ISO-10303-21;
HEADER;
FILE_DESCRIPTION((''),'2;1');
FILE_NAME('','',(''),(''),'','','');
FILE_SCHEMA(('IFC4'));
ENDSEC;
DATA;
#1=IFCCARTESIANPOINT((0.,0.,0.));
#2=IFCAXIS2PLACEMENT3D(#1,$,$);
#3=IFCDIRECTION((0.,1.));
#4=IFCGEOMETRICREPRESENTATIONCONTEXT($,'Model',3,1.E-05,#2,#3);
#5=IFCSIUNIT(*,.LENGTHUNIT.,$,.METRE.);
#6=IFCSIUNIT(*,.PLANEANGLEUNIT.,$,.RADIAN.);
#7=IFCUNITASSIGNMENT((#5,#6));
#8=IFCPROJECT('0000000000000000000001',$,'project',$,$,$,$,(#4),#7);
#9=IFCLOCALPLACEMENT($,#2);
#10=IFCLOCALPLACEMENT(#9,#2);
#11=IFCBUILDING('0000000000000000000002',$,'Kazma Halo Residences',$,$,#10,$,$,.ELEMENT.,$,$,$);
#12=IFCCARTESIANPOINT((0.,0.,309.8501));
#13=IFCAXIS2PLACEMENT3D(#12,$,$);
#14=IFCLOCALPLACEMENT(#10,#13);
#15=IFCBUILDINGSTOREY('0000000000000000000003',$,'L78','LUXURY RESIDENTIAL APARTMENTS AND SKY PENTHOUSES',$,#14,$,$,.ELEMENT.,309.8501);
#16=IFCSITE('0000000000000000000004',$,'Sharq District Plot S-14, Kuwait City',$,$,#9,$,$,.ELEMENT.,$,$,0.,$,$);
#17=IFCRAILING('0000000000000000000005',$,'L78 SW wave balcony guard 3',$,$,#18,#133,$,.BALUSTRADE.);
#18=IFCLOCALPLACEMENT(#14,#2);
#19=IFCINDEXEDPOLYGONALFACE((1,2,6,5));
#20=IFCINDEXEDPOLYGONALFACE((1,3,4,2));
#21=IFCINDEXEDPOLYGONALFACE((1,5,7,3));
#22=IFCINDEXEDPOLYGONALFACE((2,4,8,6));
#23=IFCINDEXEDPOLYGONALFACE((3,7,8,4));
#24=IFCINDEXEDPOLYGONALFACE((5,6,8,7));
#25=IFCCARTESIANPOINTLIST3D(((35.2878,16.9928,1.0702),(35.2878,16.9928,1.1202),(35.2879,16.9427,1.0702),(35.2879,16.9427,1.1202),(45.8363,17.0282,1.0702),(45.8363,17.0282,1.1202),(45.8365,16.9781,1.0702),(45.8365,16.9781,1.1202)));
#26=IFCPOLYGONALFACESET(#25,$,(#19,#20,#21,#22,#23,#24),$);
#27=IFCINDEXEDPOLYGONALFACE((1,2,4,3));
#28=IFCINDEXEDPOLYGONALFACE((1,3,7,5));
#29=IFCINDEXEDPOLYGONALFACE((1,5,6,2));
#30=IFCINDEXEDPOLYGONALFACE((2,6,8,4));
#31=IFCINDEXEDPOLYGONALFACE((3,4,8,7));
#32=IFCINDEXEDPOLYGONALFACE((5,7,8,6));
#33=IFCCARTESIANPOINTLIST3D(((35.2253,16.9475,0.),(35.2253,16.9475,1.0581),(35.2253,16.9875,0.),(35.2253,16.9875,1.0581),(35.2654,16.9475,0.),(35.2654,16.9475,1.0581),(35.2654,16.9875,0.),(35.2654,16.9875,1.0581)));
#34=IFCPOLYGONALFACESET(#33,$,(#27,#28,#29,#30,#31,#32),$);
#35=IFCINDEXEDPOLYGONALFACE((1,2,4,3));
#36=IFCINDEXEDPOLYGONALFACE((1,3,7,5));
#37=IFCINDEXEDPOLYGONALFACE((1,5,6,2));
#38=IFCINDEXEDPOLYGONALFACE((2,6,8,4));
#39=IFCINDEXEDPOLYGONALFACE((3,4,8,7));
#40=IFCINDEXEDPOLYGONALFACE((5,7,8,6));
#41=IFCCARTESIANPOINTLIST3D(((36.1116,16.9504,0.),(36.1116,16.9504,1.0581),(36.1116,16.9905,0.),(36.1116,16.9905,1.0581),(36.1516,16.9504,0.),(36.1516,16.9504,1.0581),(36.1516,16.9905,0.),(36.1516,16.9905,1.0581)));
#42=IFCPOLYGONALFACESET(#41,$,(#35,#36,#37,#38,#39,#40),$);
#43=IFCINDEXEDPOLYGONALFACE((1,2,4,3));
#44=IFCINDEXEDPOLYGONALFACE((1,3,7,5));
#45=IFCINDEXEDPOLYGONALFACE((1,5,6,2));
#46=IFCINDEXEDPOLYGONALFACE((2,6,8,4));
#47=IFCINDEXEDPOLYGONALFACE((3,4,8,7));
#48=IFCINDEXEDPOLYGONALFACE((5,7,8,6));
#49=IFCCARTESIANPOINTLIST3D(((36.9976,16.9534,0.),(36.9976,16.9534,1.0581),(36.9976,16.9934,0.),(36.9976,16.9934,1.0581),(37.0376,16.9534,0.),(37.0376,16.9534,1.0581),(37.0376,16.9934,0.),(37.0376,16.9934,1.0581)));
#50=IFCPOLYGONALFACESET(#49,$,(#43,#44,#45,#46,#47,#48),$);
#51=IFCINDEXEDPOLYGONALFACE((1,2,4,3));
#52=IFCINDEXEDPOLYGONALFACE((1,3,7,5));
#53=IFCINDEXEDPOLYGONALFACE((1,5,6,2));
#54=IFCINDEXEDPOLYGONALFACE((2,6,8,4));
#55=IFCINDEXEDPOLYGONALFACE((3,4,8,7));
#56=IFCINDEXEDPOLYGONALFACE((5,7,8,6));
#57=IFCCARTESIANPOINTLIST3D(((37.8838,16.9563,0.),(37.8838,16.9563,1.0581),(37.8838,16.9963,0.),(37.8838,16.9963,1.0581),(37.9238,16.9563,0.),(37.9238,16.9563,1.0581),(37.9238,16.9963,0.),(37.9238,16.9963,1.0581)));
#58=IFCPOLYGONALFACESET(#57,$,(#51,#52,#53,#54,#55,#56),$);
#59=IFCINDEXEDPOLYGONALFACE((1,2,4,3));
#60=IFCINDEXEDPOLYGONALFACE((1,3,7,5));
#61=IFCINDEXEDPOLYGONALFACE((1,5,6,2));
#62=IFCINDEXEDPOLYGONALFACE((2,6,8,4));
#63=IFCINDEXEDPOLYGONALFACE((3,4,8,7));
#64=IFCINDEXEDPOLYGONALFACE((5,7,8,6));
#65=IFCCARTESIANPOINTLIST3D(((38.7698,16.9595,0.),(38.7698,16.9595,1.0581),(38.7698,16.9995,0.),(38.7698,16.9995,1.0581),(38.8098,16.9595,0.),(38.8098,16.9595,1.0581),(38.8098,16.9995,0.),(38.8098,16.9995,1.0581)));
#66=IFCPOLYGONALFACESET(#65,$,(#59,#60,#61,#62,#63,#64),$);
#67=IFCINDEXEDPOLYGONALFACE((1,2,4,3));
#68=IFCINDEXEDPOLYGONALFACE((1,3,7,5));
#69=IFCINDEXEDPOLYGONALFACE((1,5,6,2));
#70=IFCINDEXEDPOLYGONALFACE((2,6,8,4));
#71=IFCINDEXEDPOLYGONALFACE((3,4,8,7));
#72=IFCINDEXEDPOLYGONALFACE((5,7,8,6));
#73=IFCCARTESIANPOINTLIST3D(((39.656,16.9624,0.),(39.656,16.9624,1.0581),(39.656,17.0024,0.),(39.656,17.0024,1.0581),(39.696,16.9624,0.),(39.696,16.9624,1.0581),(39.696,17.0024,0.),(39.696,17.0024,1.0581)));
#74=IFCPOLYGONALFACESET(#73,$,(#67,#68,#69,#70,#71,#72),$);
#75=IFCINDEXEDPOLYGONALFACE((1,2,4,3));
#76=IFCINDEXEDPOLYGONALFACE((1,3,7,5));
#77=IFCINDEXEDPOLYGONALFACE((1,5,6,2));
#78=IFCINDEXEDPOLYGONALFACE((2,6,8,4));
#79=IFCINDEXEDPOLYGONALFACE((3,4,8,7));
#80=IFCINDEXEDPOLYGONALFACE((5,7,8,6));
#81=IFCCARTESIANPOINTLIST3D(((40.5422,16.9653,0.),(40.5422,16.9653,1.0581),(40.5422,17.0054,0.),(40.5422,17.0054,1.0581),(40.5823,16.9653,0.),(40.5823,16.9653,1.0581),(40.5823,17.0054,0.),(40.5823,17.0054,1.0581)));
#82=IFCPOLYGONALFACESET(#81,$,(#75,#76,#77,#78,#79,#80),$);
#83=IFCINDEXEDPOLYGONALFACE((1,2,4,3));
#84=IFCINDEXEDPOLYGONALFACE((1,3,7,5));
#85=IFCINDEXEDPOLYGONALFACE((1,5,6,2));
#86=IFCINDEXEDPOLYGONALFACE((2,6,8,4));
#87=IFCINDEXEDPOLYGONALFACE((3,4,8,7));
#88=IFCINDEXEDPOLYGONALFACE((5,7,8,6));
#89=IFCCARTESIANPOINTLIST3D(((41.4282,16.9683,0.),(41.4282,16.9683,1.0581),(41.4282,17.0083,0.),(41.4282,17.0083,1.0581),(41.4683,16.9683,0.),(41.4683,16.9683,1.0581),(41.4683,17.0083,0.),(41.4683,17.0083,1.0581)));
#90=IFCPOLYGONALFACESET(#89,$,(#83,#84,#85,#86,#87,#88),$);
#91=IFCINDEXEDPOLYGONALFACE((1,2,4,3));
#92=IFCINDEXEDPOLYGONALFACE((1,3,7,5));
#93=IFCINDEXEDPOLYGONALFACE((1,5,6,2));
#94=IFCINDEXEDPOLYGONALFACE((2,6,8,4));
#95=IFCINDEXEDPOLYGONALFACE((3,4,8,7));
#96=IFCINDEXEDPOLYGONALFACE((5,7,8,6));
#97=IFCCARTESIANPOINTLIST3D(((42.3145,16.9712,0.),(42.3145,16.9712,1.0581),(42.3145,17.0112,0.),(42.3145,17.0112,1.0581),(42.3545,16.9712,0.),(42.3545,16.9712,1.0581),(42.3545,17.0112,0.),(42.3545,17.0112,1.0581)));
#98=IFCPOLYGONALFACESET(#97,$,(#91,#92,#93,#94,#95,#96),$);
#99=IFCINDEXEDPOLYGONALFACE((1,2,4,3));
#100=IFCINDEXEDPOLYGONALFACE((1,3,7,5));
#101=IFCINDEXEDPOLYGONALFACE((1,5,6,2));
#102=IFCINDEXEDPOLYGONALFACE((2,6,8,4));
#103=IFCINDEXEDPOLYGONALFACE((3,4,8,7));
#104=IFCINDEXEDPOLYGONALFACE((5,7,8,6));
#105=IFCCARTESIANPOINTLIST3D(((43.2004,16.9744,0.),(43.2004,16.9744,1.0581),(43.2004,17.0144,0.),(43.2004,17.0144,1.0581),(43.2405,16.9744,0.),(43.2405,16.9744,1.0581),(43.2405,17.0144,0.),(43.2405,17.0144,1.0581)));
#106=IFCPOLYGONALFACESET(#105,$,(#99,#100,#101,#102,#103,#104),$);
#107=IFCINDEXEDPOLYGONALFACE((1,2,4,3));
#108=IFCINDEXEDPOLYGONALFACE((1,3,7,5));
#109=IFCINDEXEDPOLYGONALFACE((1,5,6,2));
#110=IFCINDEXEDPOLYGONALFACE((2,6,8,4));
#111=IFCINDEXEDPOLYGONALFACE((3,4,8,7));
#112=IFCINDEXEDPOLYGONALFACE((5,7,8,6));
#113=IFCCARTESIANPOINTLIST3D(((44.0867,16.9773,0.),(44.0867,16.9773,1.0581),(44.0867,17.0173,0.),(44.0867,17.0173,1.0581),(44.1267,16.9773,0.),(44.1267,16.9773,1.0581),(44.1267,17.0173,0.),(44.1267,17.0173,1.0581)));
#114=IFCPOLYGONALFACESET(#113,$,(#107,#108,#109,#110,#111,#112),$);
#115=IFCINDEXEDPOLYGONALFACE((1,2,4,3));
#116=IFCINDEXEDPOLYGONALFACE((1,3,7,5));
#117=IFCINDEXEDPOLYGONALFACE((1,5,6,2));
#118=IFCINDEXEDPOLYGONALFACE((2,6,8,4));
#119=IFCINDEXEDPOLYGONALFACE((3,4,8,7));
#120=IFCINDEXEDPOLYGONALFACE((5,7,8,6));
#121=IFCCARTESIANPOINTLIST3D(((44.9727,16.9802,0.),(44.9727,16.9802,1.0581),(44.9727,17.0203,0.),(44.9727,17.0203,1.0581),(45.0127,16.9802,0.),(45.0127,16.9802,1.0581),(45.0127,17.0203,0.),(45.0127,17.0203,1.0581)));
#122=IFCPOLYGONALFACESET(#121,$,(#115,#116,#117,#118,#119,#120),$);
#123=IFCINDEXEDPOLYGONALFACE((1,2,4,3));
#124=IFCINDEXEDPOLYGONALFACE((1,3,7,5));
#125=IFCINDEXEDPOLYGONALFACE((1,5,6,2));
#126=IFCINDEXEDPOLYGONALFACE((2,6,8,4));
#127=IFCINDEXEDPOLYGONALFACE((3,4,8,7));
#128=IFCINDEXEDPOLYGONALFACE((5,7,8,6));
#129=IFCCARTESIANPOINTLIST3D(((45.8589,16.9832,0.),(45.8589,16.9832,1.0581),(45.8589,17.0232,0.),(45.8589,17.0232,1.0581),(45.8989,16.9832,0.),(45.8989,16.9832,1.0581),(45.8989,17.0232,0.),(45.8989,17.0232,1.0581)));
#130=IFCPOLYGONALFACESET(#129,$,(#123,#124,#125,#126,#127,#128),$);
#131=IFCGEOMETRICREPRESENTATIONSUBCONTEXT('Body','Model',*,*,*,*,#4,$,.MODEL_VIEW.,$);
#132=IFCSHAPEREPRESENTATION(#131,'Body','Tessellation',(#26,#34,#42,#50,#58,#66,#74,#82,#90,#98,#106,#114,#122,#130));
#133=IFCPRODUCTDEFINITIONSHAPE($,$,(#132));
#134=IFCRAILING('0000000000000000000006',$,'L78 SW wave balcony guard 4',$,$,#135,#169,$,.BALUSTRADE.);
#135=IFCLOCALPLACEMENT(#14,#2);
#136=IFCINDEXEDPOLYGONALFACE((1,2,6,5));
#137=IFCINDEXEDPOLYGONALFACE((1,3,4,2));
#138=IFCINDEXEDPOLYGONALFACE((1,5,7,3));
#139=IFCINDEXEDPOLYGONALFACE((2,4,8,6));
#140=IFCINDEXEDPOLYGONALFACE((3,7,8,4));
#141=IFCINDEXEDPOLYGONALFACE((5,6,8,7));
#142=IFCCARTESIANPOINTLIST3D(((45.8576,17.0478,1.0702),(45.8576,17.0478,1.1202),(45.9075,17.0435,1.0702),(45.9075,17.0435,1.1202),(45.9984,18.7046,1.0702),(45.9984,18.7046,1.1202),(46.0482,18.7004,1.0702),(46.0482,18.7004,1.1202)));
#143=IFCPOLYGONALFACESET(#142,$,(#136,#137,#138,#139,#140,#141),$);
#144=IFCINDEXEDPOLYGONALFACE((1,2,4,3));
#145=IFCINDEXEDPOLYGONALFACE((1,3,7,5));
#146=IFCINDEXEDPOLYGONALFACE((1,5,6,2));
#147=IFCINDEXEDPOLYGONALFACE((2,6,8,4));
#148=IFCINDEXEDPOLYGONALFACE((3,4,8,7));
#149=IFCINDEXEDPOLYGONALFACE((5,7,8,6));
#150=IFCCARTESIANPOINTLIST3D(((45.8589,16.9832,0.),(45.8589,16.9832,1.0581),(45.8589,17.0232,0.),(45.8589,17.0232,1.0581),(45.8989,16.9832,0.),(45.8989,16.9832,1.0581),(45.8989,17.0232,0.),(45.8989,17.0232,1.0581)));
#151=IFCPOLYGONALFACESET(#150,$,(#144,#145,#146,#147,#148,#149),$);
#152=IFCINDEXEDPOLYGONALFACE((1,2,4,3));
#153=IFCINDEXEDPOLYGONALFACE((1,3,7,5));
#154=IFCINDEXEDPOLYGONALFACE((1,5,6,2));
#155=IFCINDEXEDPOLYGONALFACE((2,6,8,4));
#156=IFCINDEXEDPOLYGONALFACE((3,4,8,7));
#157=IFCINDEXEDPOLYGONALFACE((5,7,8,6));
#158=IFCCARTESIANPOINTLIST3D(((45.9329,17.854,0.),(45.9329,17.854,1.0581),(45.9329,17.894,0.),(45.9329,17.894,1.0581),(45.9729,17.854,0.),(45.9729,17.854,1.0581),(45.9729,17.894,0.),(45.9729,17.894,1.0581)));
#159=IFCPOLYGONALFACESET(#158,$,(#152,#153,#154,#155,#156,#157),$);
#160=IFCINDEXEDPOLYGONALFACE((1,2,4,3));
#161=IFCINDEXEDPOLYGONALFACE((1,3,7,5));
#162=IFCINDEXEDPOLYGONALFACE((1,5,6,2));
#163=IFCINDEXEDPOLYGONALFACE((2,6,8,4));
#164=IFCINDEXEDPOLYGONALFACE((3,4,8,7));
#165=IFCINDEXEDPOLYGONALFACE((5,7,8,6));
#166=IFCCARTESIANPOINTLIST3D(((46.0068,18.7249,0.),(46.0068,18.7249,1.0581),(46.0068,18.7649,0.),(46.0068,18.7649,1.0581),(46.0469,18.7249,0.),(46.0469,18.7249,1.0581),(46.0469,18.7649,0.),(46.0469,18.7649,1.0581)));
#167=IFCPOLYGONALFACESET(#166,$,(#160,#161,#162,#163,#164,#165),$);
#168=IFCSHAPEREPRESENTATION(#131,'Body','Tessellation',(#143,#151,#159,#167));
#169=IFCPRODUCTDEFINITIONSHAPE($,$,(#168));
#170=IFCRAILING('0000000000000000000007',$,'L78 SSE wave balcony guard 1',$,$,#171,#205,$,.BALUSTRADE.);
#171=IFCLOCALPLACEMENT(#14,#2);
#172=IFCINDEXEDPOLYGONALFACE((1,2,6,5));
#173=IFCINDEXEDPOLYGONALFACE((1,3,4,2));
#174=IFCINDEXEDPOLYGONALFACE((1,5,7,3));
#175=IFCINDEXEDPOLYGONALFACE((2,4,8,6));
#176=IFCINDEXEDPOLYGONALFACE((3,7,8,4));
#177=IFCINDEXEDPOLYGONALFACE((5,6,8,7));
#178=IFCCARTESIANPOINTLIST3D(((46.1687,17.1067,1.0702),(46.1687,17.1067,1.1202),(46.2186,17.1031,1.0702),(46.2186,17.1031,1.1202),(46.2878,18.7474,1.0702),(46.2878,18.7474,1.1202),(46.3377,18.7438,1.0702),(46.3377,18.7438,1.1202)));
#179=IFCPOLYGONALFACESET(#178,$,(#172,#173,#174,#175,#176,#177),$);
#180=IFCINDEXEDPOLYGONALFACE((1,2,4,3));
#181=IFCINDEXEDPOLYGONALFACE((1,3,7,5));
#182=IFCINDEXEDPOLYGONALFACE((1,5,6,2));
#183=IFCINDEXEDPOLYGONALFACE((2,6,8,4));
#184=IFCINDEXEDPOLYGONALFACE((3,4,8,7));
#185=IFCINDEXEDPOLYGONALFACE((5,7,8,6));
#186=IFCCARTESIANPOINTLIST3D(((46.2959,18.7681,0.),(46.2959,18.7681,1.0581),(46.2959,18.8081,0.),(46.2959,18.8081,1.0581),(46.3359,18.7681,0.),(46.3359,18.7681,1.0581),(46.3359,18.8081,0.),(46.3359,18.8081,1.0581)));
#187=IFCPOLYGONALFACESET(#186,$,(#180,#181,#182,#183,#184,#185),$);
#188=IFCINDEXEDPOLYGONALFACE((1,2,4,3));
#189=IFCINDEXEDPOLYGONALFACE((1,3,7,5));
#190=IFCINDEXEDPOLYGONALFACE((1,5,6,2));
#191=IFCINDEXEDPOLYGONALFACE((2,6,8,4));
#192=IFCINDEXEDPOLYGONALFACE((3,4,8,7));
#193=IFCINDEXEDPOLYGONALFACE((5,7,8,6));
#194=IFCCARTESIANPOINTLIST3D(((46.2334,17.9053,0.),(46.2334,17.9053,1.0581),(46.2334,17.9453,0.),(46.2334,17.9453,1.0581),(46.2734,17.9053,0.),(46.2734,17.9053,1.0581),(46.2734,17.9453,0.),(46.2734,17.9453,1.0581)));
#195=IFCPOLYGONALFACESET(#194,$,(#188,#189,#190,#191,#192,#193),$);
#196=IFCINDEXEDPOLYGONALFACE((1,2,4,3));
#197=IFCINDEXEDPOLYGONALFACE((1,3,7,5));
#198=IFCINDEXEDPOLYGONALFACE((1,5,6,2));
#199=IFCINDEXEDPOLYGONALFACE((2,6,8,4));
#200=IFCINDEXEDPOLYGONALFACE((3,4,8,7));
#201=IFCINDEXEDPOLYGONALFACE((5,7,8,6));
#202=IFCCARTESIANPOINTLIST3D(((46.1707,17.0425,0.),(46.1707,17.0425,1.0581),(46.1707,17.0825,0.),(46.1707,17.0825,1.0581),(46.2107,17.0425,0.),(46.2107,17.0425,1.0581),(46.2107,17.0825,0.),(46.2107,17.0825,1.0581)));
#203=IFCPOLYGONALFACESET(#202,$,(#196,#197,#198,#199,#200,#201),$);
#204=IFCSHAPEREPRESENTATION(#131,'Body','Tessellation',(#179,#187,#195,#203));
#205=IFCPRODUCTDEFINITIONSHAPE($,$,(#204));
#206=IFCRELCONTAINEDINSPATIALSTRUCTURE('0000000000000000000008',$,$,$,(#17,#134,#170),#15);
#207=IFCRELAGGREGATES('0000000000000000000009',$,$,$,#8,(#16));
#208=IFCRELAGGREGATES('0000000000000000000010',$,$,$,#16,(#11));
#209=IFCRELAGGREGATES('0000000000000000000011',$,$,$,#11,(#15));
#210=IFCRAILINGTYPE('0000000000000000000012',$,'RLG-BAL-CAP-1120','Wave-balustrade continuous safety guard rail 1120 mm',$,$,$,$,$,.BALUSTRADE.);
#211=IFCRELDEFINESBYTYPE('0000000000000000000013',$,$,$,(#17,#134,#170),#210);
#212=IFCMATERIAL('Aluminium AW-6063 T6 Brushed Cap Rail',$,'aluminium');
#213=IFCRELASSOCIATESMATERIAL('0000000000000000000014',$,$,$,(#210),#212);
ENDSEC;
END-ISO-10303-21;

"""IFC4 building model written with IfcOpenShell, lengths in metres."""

from ifc_helpers import new_model, si_unit, direction, frame, origin, origin_2d, place, context, subcontext, project, spatial, rectangle, extrude, material, type_object, element, save


model = new_model("IFC4")

# Units and contexts
model_context = context("Model", 3, precision=1e-05, world=origin(), true_north=direction((0.0, 1.0)))
body_context = subcontext(model_context, "Body", "Model", "MODEL_VIEW")
ifc_project = project(units=[si_unit("LENGTHUNIT", "METRE"), si_unit("PLANEANGLEUNIT", "RADIAN")], contexts=[model_context])

# Site, building, storey
site_placement = place(None, origin())
site = spatial("IfcSite", under=ifc_project, at=site_placement, Name="Sharq District Plot S-14, Kuwait City", CompositionType="ELEMENT", RefElevation=0.0)
building_placement = place(site_placement, origin())
building = spatial("IfcBuilding", under=site, at=building_placement, Name="Kazma Halo Residences", CompositionType="ELEMENT")
storey_placement = place(building_placement, frame((0.0, 0.0, 309.8501)))
storey = spatial("IfcBuildingStorey", under=building, at=storey_placement, Name="L78", Description="LUXURY RESIDENTIAL APARTMENTS AND SKY PENTHOUSES", CompositionType="ELEMENT", Elevation=309.8501)

# Railings
ifc_material_1 = material(Name="Aluminium AW-6063 T6 Brushed Cap Rail", Category="aluminium")
railing_type = type_object("IfcRailingType", Name="RLG-BAL-CAP-1120", Description="Wave-balustrade continuous safety guard rail 1120 mm", PredefinedType="BALUSTRADE", material=ifc_material_1)
railing_1_placement = place(storey_placement, frame((35.2454, 16.9675, 0.0)))
element("IfcRailing", 1, at=railing_1_placement, inside=storey, type_object=railing_type, Name="L78 SW wave balcony guard 3", PredefinedType="BALUSTRADE", context=body_context, shape_type="SweptSolid", body=[
    extrude(rectangle(XDim=0.05, YDim=0.05, at=origin_2d()), frame((0.0425, 0.0002, 1.0952), z_axis=(0.999994, 0.003352, 0.0), x_axis=(-0.003352, 0.999994, 0.0)), (0.0, 0.0, 1.0), 10.5486),
    extrude(rectangle(XDim=0.04, YDim=0.04, at=origin_2d()), origin(), (0.0, 0.0, 1.0), 1.0581),
    extrude(rectangle(XDim=0.04, YDim=0.04, at=origin_2d()), frame((0.8862, 0.0029, 0.0)), (0.0, 0.0, 1.0), 1.0581),
    extrude(rectangle(XDim=0.04, YDim=0.04, at=origin_2d()), frame((1.7722, 0.0059, 0.0)), (0.0, 0.0, 1.0), 1.0581),
    extrude(rectangle(XDim=0.04, YDim=0.04, at=origin_2d()), frame((2.6584, 0.0088, 0.0)), (0.0, 0.0, 1.0), 1.0581),
    extrude(rectangle(XDim=0.04, YDim=0.04, at=origin_2d()), frame((3.5444, 0.012, 0.0)), (0.0, 0.0, 1.0), 1.0581),
    extrude(rectangle(XDim=0.04, YDim=0.04, at=origin_2d()), frame((4.4307, 0.0149, 0.0)), (0.0, 0.0, 1.0), 1.0581),
    extrude(rectangle(XDim=0.04, YDim=0.04, at=origin_2d()), frame((5.3169, 0.0178, 0.0)), (0.0, 0.0, 1.0), 1.0581),
    extrude(rectangle(XDim=0.04, YDim=0.04, at=origin_2d()), frame((6.2029, 0.0208, 0.0)), (0.0, 0.0, 1.0), 1.0581),
    extrude(rectangle(XDim=0.04, YDim=0.04, at=origin_2d()), frame((7.0891, 0.0237, 0.0)), (0.0, 0.0, 1.0), 1.0581),
    extrude(rectangle(XDim=0.04, YDim=0.04, at=origin_2d()), frame((7.9751, 0.0269, 0.0)), (0.0, 0.0, 1.0), 1.0581),
    extrude(rectangle(XDim=0.04, YDim=0.04, at=origin_2d()), frame((8.8613, 0.0298, 0.0)), (0.0, 0.0, 1.0), 1.0581),
    extrude(rectangle(XDim=0.04, YDim=0.04, at=origin_2d()), frame((9.7473, 0.0327, 0.0)), (0.0, 0.0, 1.0), 1.0581),
    extrude(rectangle(XDim=0.04, YDim=0.04, at=origin_2d()), frame((10.6335, 0.0356, 0.0)), (0.0, 0.0, 1.0), 1.0581),
])
railing_2_placement = place(storey_placement, frame((45.8789, 17.0032, 0.0)))
element("IfcRailing", 2, at=railing_2_placement, inside=storey, type_object=railing_type, Name="L78 SW wave balcony guard 4", PredefinedType="BALUSTRADE", context=body_context, shape_type="SweptSolid", body=[
    extrude(rectangle(XDim=0.05, YDim=0.05, at=origin_2d()), frame((0.0037, 0.0425, 1.0952), z_axis=(0.084641, 0.996412, 0.0), x_axis=(-0.996412, 0.084641, 0.0)), (0.0, 0.0, 1.0), 1.6628),
    extrude(rectangle(XDim=0.04, YDim=0.04, at=origin_2d()), origin(), (0.0, 0.0, 1.0), 1.0581),
    extrude(rectangle(XDim=0.04, YDim=0.04, at=origin_2d()), frame((0.074, 0.8708, 0.0)), (0.0, 0.0, 1.0), 1.0581),
    extrude(rectangle(XDim=0.04, YDim=0.04, at=origin_2d()), frame((0.1479, 1.7417, 0.0)), (0.0, 0.0, 1.0), 1.0581),
])
railing_3_placement = place(storey_placement, frame((46.3159, 18.7881, 0.0)))
element("IfcRailing", 3, at=railing_3_placement, inside=storey, type_object=railing_type, Name="L78 SSE wave balcony guard 1", PredefinedType="BALUSTRADE", context=body_context, shape_type="SweptSolid", body=[
    extrude(rectangle(XDim=0.05, YDim=0.05, at=origin_2d()), frame((-0.0032, -0.0425, 1.0952), z_axis=(-0.07239, -0.997376, 0.0), x_axis=(0.997376, -0.07239, 0.0)), (0.0, 0.0, 1.0), 1.645),
    extrude(rectangle(XDim=0.04, YDim=0.04, at=origin_2d()), origin(), (0.0, 0.0, 1.0), 1.0581),
    extrude(rectangle(XDim=0.04, YDim=0.04, at=origin_2d()), frame((-0.0625, -0.8628, 0.0)), (0.0, 0.0, 1.0), 1.0581),
    extrude(rectangle(XDim=0.04, YDim=0.04, at=origin_2d()), frame((-0.1252, -1.7256, 0.0)), (0.0, 0.0, 1.0), 1.0581),
])

save(model, "model.ifc")
